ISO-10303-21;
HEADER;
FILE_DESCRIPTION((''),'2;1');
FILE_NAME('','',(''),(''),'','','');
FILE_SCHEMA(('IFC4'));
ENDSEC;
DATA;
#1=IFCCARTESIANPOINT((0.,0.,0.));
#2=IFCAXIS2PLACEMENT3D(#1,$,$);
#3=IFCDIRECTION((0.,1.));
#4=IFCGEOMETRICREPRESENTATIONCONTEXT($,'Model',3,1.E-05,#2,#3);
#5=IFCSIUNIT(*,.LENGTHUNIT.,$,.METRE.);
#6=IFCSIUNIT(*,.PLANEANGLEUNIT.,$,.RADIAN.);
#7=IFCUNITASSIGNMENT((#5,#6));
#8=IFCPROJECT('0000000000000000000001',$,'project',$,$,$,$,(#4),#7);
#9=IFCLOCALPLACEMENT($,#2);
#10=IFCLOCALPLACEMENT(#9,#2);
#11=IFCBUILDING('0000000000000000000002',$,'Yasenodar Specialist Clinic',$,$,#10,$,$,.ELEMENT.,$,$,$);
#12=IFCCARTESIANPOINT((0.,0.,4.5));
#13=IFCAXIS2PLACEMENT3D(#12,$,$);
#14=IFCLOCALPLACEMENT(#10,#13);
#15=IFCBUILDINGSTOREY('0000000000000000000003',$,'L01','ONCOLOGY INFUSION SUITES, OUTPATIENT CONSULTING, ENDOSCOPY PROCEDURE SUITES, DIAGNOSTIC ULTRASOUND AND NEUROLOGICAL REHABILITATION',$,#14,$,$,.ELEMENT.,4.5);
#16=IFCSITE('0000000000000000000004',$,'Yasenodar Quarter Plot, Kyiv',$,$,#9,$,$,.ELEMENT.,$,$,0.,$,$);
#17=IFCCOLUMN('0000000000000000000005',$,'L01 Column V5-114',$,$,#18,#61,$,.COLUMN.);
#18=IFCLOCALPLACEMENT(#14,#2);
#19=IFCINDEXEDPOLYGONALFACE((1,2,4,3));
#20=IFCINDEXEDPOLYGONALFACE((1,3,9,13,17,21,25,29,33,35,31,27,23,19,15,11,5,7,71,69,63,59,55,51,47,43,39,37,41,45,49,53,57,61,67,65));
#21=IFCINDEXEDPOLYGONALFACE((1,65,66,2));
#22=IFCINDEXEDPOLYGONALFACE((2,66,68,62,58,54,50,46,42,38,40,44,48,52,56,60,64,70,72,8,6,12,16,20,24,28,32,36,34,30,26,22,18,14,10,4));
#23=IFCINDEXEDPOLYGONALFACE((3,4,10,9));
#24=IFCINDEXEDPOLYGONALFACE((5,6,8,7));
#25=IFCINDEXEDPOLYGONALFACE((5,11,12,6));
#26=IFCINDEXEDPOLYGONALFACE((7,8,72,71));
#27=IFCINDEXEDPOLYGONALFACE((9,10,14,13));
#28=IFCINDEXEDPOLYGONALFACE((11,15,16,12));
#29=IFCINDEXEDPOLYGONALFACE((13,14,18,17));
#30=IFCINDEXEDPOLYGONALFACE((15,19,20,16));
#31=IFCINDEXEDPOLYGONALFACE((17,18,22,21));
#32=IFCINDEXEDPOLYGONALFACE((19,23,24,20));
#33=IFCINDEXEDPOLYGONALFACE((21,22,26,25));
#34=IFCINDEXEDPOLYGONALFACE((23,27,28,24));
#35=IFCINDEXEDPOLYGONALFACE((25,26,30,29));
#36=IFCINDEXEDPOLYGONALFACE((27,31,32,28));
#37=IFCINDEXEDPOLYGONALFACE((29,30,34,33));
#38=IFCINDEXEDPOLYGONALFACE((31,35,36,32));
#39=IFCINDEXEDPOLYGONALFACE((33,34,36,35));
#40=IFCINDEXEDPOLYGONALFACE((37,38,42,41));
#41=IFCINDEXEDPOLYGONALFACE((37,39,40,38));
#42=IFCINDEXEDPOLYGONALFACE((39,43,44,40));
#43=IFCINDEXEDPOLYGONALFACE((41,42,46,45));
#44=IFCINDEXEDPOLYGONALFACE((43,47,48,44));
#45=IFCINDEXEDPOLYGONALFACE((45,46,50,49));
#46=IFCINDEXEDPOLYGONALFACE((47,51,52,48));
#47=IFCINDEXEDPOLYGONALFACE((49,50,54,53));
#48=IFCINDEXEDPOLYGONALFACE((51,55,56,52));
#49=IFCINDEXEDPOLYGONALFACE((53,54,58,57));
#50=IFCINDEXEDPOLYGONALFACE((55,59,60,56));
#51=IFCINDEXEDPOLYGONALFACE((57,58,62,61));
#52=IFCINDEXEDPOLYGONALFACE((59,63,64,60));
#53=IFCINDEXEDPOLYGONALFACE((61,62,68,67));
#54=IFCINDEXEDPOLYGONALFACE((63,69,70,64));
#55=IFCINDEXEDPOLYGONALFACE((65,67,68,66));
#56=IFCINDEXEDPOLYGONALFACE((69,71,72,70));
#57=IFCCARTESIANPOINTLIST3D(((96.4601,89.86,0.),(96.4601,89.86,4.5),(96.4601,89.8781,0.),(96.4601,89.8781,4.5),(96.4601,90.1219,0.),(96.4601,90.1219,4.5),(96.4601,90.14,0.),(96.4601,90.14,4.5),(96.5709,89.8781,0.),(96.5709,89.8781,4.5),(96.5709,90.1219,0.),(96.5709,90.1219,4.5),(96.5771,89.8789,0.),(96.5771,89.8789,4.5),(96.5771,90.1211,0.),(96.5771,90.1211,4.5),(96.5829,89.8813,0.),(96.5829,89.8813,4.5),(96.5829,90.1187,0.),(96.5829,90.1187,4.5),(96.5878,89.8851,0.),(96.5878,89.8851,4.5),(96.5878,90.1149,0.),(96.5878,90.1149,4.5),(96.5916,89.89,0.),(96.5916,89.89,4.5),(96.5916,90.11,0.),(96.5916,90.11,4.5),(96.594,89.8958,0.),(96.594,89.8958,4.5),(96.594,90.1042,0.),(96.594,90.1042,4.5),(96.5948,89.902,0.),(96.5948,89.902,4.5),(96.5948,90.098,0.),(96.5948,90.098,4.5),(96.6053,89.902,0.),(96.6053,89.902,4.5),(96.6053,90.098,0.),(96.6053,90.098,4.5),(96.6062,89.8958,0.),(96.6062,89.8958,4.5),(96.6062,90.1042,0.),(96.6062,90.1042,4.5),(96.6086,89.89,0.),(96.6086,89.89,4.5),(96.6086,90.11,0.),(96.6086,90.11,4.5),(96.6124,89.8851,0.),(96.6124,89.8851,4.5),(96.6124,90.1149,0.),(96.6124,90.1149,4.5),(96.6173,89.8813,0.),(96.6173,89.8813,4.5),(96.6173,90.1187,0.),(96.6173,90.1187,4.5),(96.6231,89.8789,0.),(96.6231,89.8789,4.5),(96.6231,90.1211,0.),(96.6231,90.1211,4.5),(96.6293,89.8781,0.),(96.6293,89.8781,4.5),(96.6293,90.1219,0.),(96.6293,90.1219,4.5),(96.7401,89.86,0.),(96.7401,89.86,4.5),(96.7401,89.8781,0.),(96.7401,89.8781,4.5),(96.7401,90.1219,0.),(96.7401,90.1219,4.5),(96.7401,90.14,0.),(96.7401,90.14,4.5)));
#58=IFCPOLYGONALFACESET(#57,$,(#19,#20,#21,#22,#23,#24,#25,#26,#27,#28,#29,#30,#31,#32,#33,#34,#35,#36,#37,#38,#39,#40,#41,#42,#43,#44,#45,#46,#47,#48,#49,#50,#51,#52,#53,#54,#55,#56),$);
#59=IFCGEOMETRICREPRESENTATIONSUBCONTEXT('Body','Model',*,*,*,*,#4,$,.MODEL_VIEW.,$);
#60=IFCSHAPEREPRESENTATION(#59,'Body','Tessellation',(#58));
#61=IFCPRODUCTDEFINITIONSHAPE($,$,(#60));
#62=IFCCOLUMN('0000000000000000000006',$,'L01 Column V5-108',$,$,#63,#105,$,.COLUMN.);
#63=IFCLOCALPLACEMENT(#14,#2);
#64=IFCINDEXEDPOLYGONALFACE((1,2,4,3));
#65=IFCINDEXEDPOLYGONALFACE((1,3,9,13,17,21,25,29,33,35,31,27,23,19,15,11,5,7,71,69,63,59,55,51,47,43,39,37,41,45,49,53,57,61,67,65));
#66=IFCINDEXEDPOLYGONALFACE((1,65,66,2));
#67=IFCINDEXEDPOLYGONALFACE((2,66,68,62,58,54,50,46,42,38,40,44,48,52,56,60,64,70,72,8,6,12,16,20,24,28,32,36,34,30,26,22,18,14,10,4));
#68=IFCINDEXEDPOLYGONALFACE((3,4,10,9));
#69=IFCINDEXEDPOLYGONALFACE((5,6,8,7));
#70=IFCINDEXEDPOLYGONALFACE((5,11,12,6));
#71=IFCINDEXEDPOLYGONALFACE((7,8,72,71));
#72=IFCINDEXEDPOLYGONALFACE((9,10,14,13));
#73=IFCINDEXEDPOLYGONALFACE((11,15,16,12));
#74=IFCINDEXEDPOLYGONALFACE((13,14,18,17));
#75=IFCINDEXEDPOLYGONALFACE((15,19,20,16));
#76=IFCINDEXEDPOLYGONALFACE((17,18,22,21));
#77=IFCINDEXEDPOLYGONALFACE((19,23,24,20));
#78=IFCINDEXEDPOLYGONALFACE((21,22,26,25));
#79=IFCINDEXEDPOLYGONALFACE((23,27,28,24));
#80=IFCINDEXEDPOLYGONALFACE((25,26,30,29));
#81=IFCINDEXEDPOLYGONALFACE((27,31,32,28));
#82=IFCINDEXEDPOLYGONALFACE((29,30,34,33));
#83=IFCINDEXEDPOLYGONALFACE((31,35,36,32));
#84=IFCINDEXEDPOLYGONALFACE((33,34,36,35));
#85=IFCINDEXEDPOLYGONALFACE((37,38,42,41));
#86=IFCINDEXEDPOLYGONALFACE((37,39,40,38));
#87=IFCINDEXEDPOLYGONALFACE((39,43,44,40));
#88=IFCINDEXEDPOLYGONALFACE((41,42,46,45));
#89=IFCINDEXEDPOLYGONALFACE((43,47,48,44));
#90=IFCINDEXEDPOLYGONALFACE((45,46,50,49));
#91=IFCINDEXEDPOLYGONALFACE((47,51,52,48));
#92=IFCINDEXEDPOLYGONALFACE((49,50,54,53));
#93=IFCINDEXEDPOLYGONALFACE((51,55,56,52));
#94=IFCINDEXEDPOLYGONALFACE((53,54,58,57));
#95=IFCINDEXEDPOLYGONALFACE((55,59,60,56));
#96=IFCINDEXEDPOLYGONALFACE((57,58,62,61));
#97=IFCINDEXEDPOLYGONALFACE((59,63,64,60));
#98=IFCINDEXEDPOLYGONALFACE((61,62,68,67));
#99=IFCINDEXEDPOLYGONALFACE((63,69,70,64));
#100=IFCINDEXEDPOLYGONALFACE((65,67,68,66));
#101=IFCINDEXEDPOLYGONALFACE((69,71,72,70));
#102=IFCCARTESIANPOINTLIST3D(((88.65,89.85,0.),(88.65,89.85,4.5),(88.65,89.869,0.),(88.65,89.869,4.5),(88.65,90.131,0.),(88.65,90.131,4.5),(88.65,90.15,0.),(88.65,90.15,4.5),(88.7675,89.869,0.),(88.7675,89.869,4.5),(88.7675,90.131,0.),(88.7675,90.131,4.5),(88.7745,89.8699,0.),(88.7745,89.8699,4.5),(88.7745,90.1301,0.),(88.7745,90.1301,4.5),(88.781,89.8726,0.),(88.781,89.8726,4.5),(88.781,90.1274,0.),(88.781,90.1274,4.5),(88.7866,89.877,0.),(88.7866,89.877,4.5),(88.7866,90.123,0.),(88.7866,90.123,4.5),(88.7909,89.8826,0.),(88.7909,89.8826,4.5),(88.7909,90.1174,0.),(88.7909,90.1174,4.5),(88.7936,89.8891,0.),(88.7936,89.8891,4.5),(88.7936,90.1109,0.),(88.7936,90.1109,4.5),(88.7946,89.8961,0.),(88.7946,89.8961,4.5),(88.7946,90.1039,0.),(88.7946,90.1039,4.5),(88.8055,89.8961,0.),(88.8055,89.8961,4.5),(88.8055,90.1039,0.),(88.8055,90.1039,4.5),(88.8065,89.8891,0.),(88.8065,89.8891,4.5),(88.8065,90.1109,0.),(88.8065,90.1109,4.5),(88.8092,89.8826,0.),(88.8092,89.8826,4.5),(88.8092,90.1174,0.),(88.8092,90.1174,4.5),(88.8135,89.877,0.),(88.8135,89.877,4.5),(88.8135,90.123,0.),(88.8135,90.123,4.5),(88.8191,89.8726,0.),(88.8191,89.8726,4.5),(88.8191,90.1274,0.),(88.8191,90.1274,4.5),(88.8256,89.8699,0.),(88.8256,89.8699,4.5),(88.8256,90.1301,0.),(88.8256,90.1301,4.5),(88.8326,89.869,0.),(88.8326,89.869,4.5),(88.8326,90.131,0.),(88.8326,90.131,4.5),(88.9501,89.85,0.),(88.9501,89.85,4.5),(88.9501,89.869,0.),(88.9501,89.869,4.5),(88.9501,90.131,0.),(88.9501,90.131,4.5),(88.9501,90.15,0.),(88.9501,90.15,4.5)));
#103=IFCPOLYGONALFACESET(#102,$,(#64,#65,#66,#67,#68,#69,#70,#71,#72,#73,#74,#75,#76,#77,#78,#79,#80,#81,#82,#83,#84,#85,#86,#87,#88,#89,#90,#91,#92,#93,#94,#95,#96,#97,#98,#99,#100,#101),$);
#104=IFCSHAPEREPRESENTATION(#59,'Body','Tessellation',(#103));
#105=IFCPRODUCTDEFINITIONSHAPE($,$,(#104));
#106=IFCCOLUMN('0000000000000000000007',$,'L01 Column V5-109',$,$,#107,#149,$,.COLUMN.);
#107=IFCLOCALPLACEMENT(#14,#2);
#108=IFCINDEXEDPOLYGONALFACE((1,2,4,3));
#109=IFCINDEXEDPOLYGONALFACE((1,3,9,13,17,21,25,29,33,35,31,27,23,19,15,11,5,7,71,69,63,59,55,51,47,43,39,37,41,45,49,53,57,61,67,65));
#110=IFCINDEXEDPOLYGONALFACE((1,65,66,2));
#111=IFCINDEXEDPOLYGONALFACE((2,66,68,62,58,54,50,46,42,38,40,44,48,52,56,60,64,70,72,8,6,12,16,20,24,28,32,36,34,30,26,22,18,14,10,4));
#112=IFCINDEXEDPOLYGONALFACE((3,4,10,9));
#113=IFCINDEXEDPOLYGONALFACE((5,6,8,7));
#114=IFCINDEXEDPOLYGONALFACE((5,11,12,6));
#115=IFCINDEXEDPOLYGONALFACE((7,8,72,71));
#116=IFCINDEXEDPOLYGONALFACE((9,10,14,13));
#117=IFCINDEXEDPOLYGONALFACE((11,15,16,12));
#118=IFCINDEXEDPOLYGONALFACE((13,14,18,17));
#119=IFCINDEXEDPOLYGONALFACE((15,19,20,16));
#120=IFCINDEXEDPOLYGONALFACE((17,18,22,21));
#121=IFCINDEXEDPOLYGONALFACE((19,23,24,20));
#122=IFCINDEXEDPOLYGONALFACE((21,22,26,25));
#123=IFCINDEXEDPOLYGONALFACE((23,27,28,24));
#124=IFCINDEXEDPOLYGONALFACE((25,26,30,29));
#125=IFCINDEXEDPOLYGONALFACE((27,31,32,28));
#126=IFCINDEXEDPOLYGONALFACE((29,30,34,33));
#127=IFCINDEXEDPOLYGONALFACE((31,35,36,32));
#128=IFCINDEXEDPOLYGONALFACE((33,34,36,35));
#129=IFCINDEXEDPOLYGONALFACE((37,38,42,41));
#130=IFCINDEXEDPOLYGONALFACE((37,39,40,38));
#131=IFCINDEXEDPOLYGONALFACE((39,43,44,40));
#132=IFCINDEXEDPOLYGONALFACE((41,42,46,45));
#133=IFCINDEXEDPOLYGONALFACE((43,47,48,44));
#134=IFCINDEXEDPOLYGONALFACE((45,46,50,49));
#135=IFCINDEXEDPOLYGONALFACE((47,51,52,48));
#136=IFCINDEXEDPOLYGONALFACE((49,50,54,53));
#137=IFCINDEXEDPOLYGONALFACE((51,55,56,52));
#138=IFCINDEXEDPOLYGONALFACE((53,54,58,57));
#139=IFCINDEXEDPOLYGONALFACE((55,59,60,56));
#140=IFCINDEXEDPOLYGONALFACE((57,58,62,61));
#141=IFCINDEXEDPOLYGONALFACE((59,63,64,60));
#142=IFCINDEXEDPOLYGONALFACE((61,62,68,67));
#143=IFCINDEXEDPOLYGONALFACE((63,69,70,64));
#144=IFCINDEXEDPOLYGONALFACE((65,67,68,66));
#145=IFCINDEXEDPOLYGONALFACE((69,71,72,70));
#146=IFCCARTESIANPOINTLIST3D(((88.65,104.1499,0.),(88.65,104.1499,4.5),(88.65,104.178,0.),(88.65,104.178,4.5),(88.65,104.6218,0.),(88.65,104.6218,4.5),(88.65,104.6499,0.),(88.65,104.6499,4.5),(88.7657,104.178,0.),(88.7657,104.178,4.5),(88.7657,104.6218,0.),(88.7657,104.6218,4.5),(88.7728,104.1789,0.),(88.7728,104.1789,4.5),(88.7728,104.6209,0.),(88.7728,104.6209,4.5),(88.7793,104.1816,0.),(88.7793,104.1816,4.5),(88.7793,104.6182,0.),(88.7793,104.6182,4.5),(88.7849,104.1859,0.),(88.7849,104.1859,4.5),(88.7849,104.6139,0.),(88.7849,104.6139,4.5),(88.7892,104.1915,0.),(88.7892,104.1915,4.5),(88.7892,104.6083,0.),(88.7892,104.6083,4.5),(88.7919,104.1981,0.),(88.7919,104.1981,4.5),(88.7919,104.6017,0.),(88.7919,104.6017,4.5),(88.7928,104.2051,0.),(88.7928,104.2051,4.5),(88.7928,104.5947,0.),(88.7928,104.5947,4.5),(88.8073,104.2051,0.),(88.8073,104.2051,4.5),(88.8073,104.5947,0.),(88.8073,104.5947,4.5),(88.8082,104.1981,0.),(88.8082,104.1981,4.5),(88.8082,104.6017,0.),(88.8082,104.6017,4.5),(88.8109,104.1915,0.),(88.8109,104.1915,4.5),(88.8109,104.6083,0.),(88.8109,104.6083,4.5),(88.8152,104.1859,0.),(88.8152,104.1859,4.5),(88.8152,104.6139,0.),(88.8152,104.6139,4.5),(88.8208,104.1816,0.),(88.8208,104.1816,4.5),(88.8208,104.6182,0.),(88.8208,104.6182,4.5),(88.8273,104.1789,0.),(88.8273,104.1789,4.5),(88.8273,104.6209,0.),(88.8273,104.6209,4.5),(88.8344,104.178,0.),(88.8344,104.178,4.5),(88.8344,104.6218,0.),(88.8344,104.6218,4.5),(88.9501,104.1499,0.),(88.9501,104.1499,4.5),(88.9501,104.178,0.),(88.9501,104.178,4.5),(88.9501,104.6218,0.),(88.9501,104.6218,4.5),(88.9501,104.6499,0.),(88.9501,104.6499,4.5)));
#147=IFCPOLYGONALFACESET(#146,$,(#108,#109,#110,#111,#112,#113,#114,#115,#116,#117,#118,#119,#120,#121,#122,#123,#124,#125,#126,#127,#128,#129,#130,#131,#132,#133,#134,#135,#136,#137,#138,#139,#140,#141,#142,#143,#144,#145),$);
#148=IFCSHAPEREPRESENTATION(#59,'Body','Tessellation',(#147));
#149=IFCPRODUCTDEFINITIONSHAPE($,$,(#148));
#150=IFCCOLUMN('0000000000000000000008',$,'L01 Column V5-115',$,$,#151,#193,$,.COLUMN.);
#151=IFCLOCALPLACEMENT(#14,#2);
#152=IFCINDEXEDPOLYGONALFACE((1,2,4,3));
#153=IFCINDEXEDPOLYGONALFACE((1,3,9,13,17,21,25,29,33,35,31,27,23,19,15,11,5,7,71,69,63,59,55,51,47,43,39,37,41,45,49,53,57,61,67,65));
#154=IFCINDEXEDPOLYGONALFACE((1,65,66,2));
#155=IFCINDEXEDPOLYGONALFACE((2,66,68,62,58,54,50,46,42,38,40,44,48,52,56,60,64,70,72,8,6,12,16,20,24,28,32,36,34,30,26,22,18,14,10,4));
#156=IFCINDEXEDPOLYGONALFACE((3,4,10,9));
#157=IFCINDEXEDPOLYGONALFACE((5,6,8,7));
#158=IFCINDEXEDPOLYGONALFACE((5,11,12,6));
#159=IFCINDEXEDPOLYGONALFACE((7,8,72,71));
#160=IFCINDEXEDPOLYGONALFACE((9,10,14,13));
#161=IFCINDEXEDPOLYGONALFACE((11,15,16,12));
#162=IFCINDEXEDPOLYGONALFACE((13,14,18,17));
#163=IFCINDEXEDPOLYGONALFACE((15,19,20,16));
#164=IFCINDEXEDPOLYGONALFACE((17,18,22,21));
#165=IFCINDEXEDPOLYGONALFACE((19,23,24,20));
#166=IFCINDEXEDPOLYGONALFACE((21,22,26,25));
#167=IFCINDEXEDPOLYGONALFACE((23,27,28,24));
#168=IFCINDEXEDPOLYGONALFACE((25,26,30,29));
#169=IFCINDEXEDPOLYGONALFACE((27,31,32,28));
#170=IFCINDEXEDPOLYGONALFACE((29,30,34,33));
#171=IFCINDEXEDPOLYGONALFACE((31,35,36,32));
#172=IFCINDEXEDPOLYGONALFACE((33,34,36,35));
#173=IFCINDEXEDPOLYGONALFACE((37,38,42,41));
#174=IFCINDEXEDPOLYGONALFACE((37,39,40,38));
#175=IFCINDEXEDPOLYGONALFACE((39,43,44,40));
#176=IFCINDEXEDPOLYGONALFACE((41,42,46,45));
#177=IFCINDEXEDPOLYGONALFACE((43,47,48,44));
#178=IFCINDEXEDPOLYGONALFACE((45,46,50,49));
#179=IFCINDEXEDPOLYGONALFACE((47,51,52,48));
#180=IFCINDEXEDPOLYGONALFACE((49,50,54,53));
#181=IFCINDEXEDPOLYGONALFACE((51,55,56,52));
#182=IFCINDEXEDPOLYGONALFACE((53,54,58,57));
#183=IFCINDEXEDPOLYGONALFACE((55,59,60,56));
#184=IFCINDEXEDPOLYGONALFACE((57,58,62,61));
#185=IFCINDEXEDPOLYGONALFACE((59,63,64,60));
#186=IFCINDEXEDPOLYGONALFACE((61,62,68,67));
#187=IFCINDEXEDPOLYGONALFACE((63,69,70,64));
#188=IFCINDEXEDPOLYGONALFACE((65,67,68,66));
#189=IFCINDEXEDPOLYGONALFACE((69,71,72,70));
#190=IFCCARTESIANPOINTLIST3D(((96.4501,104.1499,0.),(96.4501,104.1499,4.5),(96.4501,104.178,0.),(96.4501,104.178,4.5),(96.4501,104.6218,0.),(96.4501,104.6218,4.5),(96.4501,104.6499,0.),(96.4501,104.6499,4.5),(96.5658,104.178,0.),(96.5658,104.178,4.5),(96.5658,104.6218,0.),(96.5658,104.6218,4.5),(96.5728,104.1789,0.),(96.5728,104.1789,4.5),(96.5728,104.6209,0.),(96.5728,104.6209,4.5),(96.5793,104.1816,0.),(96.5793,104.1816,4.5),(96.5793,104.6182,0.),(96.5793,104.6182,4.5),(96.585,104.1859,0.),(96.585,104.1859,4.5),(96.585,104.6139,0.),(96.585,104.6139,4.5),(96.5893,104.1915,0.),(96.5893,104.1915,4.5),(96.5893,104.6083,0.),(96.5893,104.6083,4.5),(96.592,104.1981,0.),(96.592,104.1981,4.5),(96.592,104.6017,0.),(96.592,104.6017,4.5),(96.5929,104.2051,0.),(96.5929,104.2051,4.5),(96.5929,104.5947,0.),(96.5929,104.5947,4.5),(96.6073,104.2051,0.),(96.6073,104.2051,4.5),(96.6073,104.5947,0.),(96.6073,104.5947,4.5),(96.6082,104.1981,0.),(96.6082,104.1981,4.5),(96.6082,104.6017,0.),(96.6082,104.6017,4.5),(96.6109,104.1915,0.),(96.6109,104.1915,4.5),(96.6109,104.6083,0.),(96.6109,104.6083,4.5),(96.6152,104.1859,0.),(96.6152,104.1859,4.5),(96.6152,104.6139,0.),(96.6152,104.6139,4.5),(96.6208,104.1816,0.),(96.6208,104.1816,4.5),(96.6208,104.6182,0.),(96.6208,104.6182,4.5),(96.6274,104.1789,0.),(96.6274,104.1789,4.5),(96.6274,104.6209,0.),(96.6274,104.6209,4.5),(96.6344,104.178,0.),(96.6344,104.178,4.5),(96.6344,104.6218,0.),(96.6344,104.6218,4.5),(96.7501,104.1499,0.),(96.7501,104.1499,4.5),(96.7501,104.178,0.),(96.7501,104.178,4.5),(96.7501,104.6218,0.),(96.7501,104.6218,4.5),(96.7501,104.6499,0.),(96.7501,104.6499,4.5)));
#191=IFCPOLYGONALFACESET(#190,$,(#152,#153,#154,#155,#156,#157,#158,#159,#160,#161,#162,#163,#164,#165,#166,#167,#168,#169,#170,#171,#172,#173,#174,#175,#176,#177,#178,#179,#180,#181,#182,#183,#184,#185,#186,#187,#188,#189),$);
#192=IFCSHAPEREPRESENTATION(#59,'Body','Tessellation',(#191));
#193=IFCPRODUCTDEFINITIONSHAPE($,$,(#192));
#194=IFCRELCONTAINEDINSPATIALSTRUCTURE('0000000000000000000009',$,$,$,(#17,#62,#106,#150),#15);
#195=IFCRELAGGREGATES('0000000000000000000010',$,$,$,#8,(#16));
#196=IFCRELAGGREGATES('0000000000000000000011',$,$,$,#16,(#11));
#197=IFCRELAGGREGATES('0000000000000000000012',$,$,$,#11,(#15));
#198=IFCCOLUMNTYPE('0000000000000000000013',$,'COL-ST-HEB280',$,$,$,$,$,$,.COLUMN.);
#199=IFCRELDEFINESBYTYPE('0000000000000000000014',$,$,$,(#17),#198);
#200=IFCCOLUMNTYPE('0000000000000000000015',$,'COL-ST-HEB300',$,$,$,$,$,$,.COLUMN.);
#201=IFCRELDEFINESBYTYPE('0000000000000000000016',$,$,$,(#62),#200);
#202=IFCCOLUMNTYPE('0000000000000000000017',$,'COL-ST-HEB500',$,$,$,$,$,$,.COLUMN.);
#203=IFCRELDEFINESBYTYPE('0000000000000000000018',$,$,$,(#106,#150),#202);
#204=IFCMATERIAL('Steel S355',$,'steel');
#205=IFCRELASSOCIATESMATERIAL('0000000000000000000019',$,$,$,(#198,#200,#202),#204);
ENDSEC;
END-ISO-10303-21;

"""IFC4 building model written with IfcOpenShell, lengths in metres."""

from ifc_helpers import new_model, si_unit, direction, frame, origin, origin_2d, place, context, subcontext, project, spatial, i_section, extrude, material, material_profile, profile_set, type_object, element, save


model = new_model("IFC4")

# Units and contexts
model_context = context("Model", 3, precision=1e-05, world=origin(), true_north=direction((0.0, 1.0)))
body_context = subcontext(model_context, "Body", "Model", "MODEL_VIEW")
ifc_project = project(units=[si_unit("LENGTHUNIT", "METRE"), si_unit("PLANEANGLEUNIT", "RADIAN")], contexts=[model_context])

# Site, building, storey
site_placement = place(None, origin())
site = spatial("IfcSite", under=ifc_project, at=site_placement, Name="Yasenodar Quarter Plot, Kyiv", CompositionType="ELEMENT", RefElevation=0.0)
building_placement = place(site_placement, origin())
building = spatial("IfcBuilding", under=site, at=building_placement, Name="Yasenodar Specialist Clinic", CompositionType="ELEMENT")
storey_placement = place(building_placement, frame((0.0, 0.0, 4.5)))
storey = spatial("IfcBuildingStorey", under=building, at=storey_placement, Name="L01", Description="ONCOLOGY INFUSION SUITES, OUTPATIENT CONSULTING, ENDOSCOPY PROCEDURE SUITES, DIAGNOSTIC ULTRASOUND AND NEUROLOGICAL REHABILITATION", CompositionType="ELEMENT", Elevation=4.5)

# Columns
ifc_material_1 = material(Name="Steel S355", Category="steel")
ifc_material_profile_1 = material_profile(ifc_material_1, i_section(OverallWidth=0.28, OverallDepth=0.28, WebThickness=0.0105, FlangeThickness=0.0181, FilletRadius=0.0239, at=origin_2d()), Name="HEB 280")
ifc_profile_set_1 = profile_set([ifc_material_profile_1], Name="Steel S355")
column_type_1 = type_object("IfcColumnType", Name="COL-ST-HEB280", PredefinedType="COLUMN", material=ifc_profile_set_1)
column_1_placement = place(storey_placement, frame((96.6001, 90.0, 0.0), z_axis=(0.0, 0.0, 1.0), x_axis=(1.0, 0.0, 0.0)))
element("IfcColumn", 1, at=column_1_placement, inside=storey, type_object=column_type_1, Name="L01 Column V5-114", PredefinedType="COLUMN", context=body_context, shape_type="SweptSolid", body=[
    extrude(i_section(OverallWidth=0.28, OverallDepth=0.28, WebThickness=0.0105, FlangeThickness=0.0181, FilletRadius=0.0239, at=origin_2d()), origin(), (0.0, 0.0, 1.0), 4.5),
])
ifc_material_profile_2 = material_profile(ifc_material_1, i_section(OverallWidth=0.3, OverallDepth=0.3, WebThickness=0.011, FlangeThickness=0.019, FilletRadius=0.0271, at=origin_2d()), Name="HEB 300")
ifc_profile_set_2 = profile_set([ifc_material_profile_2], Name="Steel S355")
column_type_2 = type_object("IfcColumnType", Name="COL-ST-HEB300", PredefinedType="COLUMN", material=ifc_profile_set_2)
column_2_placement = place(storey_placement, frame((88.8, 90.0, 0.0), z_axis=(0.0, 0.0, 1.0), x_axis=(1.0, 0.0, 0.0)))
element("IfcColumn", 2, at=column_2_placement, inside=storey, type_object=column_type_2, Name="L01 Column V5-108", PredefinedType="COLUMN", context=body_context, shape_type="SweptSolid", body=[
    extrude(i_section(OverallWidth=0.3, OverallDepth=0.3, WebThickness=0.011, FlangeThickness=0.019, FilletRadius=0.0271, at=origin_2d()), origin(), (0.0, 0.0, 1.0), 4.5),
])
ifc_material_profile_3 = material_profile(ifc_material_1, i_section(OverallWidth=0.3, OverallDepth=0.5, WebThickness=0.0144, FlangeThickness=0.0281, FilletRadius=0.0271, at=origin_2d()), Name="HEB 500")
ifc_profile_set_3 = profile_set([ifc_material_profile_3], Name="Steel S355")
column_type_3 = type_object("IfcColumnType", Name="COL-ST-HEB500", PredefinedType="COLUMN", material=ifc_profile_set_3)
for number, where, z_axis, x_axis, name in (
    (3, (88.8, 104.3999, 0.0), (0.0, 0.0, 1.0), (1.0, 0.0, 0.0), "L01 Column V5-109"),
    (4, (96.6001, 104.3999, 0.0), (0.0, 0.0, 1.0), (1.0, 0.0, 0.0), "L01 Column V5-115"),
):
    element("IfcColumn", number, at=place(storey_placement, frame(where, z_axis=z_axis, x_axis=x_axis)), inside=storey, type_object=column_type_3, Name=name, PredefinedType="COLUMN", context=body_context, shape_type="SweptSolid", body=[
        extrude(i_section(OverallWidth=0.3, OverallDepth=0.5, WebThickness=0.0144, FlangeThickness=0.0281, FilletRadius=0.0271, at=origin_2d()), origin(), (0.0, 0.0, 1.0), 4.5),
    ])

save(model, "model.ifc")
